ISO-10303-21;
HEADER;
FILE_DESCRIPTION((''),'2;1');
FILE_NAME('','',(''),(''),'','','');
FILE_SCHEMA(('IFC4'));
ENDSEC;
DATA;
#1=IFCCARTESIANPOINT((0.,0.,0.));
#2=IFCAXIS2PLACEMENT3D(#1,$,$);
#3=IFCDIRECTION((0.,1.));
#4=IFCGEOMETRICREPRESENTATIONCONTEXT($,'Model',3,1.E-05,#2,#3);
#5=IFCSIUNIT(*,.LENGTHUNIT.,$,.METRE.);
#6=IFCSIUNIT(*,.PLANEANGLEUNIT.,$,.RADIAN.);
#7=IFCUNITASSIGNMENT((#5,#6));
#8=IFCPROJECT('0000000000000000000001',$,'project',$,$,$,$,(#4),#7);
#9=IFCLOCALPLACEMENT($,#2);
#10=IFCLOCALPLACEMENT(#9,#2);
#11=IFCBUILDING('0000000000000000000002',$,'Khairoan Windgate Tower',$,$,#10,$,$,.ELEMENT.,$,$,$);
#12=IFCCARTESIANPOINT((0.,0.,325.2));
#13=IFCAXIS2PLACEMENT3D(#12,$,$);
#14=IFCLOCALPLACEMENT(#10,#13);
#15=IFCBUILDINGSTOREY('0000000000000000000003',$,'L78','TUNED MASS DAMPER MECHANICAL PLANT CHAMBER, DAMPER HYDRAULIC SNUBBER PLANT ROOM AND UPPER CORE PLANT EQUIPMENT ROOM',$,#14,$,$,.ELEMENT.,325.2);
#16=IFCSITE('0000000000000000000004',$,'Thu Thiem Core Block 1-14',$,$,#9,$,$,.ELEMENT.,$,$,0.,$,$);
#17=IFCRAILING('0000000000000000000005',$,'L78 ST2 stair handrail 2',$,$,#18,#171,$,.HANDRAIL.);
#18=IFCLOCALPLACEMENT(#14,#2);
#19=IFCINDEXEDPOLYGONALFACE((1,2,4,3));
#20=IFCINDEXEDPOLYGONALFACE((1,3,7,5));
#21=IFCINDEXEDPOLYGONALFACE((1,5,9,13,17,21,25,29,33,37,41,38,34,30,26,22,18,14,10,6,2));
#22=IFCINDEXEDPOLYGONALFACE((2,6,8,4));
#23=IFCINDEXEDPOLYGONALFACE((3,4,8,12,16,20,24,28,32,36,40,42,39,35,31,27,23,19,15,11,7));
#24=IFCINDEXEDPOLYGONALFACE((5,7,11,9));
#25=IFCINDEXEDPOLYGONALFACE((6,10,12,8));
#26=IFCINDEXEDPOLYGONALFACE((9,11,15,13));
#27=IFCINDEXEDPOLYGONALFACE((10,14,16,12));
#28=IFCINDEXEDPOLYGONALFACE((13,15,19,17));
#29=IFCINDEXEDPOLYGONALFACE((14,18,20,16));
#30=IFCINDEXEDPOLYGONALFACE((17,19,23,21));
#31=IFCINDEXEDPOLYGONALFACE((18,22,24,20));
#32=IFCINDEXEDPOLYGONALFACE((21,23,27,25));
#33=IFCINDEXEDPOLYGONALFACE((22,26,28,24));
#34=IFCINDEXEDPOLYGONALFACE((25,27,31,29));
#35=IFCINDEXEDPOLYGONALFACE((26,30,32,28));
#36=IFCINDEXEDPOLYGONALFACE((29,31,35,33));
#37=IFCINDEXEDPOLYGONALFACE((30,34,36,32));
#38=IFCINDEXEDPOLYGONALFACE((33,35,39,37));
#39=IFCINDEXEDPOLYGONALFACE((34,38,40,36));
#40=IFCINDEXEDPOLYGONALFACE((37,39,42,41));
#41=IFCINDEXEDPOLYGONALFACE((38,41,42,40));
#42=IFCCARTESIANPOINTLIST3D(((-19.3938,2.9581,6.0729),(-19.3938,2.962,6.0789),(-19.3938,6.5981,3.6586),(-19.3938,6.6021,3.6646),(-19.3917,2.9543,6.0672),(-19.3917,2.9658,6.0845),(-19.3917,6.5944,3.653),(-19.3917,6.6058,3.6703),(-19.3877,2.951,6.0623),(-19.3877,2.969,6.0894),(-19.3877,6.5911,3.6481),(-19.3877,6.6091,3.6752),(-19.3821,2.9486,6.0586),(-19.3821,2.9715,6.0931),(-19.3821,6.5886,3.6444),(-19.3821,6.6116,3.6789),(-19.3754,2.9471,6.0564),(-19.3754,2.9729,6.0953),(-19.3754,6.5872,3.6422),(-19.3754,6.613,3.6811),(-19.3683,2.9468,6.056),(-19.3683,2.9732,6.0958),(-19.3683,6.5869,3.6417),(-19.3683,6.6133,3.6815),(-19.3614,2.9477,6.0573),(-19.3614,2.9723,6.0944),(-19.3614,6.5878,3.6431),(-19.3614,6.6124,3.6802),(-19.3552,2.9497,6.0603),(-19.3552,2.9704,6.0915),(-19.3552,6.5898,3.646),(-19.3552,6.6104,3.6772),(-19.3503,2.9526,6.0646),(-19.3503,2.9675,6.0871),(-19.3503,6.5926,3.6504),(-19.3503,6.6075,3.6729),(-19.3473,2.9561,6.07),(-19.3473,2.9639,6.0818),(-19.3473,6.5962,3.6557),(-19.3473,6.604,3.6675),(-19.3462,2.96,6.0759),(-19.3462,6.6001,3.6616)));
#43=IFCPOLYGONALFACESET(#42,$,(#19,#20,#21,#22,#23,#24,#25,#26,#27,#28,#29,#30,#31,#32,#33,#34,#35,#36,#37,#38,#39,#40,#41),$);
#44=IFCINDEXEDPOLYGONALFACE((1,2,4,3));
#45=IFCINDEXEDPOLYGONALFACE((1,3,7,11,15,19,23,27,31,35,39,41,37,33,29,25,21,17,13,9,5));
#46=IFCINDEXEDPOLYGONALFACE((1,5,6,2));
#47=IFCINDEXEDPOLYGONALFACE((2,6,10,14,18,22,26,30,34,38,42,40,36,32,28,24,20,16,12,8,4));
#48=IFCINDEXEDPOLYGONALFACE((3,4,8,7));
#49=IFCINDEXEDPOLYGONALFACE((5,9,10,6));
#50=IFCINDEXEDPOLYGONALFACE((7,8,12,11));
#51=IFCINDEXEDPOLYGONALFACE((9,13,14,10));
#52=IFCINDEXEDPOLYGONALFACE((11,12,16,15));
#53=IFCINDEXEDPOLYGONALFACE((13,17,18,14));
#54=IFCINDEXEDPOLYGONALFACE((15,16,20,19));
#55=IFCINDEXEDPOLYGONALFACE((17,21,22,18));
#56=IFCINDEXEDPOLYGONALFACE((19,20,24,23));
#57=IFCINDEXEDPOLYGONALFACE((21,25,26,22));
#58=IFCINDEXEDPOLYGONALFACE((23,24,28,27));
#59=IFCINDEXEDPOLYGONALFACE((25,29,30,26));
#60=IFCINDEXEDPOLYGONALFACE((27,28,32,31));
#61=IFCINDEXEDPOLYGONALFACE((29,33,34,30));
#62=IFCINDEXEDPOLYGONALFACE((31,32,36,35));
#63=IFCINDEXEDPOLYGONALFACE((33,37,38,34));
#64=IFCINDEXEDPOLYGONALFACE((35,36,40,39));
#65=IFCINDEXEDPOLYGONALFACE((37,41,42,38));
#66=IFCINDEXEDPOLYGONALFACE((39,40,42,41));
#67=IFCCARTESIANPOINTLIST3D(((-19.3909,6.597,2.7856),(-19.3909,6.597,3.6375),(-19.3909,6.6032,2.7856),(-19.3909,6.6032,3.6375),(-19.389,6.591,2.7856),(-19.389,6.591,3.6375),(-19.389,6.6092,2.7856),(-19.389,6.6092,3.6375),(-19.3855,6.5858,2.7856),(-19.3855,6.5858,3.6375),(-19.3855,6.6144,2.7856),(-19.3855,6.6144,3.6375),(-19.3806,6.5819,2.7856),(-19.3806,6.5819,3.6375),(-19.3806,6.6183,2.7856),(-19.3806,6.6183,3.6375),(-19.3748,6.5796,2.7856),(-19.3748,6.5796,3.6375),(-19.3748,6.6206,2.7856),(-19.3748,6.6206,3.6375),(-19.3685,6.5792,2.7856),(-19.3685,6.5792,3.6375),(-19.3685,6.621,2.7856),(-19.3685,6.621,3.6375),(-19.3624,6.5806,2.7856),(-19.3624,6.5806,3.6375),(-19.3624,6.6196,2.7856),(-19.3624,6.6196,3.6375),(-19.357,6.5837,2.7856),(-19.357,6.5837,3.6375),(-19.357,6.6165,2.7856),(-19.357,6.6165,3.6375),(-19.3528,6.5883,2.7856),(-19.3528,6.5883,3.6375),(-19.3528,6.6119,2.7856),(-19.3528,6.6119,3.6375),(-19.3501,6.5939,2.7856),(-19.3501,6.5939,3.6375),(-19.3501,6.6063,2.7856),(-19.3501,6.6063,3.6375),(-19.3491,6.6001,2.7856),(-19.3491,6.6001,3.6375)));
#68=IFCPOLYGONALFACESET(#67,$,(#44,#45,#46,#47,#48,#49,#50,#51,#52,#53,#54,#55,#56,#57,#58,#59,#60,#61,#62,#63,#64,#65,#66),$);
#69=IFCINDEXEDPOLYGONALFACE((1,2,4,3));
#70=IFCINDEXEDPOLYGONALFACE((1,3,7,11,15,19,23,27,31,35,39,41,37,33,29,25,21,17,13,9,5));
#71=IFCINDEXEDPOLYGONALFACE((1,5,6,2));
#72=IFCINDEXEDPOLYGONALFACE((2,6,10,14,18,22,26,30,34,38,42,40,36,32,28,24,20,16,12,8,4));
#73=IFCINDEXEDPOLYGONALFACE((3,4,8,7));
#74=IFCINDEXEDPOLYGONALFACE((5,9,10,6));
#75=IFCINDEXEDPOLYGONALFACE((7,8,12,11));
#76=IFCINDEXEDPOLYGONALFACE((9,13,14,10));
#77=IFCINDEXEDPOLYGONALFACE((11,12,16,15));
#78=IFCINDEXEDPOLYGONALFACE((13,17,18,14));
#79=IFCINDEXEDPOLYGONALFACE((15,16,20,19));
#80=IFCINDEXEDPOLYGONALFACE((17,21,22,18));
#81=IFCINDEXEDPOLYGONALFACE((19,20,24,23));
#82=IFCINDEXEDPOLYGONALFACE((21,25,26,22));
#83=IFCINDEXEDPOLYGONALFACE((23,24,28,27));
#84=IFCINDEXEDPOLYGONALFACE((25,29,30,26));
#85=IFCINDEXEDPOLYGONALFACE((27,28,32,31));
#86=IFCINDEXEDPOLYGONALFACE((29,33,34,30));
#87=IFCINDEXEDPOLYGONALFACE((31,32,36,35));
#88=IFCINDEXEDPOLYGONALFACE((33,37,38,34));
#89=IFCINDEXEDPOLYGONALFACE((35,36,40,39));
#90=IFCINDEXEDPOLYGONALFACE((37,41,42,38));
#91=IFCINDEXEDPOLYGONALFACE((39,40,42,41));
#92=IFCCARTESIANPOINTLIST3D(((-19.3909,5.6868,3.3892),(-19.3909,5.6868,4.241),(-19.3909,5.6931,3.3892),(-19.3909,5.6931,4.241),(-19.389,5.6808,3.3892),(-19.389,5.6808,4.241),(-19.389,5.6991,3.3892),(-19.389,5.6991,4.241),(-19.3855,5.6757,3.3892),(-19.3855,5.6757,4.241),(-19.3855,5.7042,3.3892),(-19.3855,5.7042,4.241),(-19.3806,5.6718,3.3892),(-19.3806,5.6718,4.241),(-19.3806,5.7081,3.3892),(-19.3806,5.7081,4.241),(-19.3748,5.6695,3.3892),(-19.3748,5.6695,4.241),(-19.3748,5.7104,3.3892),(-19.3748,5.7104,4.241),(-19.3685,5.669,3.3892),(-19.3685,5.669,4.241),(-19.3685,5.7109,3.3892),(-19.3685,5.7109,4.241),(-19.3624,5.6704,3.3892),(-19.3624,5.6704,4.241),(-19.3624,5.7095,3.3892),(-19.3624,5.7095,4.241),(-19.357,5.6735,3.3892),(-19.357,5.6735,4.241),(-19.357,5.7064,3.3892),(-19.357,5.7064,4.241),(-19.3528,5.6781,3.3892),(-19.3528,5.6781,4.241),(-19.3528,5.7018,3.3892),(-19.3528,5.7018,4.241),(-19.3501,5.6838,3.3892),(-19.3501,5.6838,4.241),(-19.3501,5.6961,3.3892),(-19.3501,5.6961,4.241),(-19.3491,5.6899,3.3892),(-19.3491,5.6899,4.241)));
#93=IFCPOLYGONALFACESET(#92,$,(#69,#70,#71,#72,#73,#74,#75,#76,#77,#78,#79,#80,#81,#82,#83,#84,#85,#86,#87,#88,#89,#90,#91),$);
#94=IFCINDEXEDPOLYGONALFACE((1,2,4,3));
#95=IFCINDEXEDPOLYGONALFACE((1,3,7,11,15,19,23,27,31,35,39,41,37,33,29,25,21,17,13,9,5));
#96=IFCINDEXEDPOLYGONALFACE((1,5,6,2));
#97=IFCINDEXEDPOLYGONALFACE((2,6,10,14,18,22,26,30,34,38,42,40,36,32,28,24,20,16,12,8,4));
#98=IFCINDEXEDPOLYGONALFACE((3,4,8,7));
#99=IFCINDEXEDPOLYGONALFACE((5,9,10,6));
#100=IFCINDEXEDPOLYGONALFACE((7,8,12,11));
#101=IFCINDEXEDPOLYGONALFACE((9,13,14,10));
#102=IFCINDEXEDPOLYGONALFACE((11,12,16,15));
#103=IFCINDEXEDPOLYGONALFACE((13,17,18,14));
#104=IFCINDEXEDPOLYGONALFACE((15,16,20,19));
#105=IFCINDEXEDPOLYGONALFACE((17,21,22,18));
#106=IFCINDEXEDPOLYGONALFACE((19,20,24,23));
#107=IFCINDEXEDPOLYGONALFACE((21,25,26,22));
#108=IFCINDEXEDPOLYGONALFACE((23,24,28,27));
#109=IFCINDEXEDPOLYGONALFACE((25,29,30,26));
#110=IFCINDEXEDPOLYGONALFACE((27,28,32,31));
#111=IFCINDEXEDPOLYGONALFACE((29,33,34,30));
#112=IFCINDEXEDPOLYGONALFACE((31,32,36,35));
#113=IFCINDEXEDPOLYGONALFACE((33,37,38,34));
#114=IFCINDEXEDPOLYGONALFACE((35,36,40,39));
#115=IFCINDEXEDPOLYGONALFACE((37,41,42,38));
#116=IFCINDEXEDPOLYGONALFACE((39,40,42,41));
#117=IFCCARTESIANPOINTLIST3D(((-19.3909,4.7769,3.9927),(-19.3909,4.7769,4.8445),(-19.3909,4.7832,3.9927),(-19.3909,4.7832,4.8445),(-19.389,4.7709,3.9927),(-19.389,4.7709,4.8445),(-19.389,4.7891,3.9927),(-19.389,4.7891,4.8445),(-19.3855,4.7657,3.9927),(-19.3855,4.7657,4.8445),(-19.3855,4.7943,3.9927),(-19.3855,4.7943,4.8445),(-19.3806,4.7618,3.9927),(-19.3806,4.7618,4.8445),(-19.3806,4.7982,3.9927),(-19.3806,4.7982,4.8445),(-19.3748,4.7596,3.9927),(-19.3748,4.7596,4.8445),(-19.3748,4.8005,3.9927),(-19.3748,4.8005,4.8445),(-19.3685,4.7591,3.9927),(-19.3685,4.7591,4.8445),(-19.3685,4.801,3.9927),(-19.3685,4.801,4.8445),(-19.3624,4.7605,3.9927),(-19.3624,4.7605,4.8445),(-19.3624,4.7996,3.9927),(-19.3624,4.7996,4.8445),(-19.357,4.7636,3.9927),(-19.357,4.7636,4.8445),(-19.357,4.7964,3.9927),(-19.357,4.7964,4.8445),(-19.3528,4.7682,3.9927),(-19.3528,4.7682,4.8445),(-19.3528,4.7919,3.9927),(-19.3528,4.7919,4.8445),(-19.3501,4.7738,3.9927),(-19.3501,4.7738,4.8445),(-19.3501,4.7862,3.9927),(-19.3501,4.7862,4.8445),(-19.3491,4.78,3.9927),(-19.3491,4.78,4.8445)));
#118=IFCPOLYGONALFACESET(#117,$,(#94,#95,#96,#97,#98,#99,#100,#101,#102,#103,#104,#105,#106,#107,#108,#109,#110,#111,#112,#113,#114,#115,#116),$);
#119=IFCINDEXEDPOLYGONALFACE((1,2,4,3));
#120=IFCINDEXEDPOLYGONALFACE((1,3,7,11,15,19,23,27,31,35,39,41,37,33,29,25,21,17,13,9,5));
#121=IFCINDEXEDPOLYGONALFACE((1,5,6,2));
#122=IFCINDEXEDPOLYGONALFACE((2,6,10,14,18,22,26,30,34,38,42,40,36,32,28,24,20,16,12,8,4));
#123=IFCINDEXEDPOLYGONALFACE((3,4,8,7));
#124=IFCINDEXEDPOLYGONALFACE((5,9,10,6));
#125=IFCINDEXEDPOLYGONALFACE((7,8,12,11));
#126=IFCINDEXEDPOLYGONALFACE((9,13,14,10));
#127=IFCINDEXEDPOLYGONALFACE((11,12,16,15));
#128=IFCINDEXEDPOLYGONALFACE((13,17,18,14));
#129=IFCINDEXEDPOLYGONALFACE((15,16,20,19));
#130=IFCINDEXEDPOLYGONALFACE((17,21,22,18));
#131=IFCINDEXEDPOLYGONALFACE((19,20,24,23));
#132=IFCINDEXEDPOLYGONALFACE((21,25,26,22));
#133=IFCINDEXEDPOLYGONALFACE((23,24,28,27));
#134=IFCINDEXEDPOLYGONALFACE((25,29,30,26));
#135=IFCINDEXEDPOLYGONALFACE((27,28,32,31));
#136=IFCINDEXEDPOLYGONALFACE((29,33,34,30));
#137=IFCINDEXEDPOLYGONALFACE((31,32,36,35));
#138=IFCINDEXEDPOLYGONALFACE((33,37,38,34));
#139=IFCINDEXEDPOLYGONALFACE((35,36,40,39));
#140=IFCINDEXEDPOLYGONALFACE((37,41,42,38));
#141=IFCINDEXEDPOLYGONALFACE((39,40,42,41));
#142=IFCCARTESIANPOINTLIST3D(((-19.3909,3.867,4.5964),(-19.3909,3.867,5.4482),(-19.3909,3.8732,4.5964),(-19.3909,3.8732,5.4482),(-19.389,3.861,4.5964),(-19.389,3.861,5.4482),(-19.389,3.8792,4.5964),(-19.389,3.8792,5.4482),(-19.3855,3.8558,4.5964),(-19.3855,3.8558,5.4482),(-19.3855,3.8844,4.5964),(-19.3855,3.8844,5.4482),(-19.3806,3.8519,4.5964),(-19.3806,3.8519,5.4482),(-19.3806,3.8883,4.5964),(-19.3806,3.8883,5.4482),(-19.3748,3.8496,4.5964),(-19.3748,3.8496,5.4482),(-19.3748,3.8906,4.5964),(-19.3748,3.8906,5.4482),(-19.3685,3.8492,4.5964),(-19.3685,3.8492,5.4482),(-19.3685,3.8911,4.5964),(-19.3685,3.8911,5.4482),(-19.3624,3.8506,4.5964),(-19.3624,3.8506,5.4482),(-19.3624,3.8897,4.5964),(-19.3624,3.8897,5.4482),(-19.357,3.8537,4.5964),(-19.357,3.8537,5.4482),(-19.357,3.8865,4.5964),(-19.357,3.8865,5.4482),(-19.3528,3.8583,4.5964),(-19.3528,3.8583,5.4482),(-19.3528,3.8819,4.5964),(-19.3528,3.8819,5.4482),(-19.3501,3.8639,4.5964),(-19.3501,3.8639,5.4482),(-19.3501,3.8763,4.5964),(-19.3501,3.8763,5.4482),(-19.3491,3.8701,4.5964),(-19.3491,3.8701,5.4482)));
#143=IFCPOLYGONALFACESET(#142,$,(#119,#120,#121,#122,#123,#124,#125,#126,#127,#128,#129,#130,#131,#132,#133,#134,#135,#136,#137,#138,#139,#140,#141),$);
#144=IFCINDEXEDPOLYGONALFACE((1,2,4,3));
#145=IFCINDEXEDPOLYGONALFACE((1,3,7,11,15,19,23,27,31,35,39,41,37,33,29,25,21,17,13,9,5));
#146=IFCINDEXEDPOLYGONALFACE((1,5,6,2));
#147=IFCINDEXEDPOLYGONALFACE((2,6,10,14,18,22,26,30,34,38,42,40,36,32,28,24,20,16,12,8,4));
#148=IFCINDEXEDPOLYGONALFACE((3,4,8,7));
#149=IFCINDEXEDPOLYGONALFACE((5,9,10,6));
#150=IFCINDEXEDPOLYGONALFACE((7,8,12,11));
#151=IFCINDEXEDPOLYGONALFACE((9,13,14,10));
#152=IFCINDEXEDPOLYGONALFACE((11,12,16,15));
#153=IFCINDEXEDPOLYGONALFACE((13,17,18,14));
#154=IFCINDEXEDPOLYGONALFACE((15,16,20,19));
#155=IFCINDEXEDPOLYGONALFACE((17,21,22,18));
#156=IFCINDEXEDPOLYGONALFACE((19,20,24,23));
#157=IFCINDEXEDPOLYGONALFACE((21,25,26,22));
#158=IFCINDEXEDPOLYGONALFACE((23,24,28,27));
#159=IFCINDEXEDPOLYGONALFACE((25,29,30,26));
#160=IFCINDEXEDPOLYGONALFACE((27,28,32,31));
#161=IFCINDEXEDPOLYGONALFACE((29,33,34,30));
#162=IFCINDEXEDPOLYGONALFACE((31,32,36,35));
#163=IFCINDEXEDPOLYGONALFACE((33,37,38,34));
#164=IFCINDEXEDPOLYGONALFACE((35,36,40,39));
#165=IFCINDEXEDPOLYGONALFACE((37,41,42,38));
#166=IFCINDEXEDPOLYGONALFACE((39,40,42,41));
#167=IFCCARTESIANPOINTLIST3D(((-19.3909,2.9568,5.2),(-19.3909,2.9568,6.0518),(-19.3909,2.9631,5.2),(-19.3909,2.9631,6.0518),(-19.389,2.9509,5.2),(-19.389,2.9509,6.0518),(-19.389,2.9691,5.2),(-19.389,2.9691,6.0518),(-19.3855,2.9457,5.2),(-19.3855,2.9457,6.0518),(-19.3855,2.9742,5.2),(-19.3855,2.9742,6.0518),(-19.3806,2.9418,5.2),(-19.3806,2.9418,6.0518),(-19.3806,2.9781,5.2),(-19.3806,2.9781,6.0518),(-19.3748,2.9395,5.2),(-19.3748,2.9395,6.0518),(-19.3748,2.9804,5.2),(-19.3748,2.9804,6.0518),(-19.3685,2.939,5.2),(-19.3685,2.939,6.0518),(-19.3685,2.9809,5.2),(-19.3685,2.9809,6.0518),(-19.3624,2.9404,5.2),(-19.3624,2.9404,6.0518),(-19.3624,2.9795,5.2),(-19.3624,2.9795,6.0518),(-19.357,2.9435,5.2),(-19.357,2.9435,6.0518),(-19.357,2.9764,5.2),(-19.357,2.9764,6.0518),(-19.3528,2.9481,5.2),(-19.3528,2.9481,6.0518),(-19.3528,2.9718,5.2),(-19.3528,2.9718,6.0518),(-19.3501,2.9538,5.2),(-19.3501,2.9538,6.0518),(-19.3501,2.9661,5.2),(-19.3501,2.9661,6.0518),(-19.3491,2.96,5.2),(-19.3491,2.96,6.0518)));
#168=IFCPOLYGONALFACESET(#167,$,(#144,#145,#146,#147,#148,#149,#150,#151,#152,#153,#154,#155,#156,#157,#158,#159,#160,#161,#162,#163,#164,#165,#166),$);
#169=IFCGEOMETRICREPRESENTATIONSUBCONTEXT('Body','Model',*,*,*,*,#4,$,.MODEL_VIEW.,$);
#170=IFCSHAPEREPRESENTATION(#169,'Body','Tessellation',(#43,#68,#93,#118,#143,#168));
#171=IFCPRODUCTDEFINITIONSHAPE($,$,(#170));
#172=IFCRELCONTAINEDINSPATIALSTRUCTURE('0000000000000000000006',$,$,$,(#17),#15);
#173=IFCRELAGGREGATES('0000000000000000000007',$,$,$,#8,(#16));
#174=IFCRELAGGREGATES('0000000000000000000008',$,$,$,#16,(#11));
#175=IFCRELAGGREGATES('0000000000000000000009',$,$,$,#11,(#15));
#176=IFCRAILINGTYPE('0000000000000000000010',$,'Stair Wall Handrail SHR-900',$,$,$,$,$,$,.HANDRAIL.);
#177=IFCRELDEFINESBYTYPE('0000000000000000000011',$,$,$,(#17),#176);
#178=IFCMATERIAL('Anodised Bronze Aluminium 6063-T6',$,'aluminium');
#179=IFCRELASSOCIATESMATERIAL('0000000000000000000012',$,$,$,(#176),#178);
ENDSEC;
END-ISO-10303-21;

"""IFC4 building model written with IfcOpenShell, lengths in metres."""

from ifc_helpers import new_model, si_unit, direction, frame, origin, origin_2d, place, context, subcontext, project, spatial, circle, extrude, material, type_object, element, save


model = new_model("IFC4")

# Units and contexts
model_context = context("Model", 3, precision=1e-05, world=origin(), true_north=direction((0.0, 1.0)))
body_context = subcontext(model_context, "Body", "Model", "MODEL_VIEW")
ifc_project = project(units=[si_unit("LENGTHUNIT", "METRE"), si_unit("PLANEANGLEUNIT", "RADIAN")], contexts=[model_context])

# Site, building, storey
site_placement = place(None, origin())
site = spatial("IfcSite", under=ifc_project, at=site_placement, Name="Thu Thiem Core Block 1-14", CompositionType="ELEMENT", RefElevation=0.0)
building_placement = place(site_placement, origin())
building = spatial("IfcBuilding", under=site, at=building_placement, Name="Khairoan Windgate Tower", CompositionType="ELEMENT")
storey_placement = place(building_placement, frame((0.0, 0.0, 325.2)))
storey = spatial("IfcBuildingStorey", under=building, at=storey_placement, Name="L78", Description="TUNED MASS DAMPER MECHANICAL PLANT CHAMBER, DAMPER HYDRAULIC SNUBBER PLANT ROOM AND UPPER CORE PLANT EQUIPMENT ROOM", CompositionType="ELEMENT", Elevation=325.2)

# Railing
ifc_material_1 = material(Name="Anodised Bronze Aluminium 6063-T6", Category="aluminium")
railing_type_1 = type_object("IfcRailingType", Name="Stair Wall Handrail SHR-900", PredefinedType="HANDRAIL", material=ifc_material_1)
railing_1_placement = place(storey_placement, frame((-19.3701, 6.6001, 2.7856)))
element("IfcRailing", 1, at=railing_1_placement, inside=storey, type_object=railing_type_1, Name="L78 ST2 stair handrail 2", PredefinedType="HANDRAIL", context=body_context, shape_type="SweptSolid", body=[
    extrude(circle(Radius=0.0239, at=origin_2d()), frame((0.0, 0.0, 0.876), z_axis=(0.0, -0.833364, 0.552725), x_axis=(1.0, 0.0, 0.0)), (0.0, 0.0, 1.0), 4.3679),
    extrude(circle(Radius=0.021, at=origin_2d()), origin(), (0.0, 0.0, 1.0), 0.8518),
    extrude(circle(Radius=0.021, at=origin_2d()), frame((0.0, -0.9102, 0.6035)), (0.0, 0.0, 1.0), 0.8518),
    extrude(circle(Radius=0.021, at=origin_2d()), frame((0.0, -1.8201, 1.207)), (0.0, 0.0, 1.0), 0.8518),
    extrude(circle(Radius=0.021, at=origin_2d()), frame((0.0, -2.73, 1.8108)), (0.0, 0.0, 1.0), 0.8518),
    extrude(circle(Radius=0.021, at=origin_2d()), frame((0.0, -3.6401, 2.4143)), (0.0, 0.0, 1.0), 0.8518),
])

save(model, "model.ifc")
